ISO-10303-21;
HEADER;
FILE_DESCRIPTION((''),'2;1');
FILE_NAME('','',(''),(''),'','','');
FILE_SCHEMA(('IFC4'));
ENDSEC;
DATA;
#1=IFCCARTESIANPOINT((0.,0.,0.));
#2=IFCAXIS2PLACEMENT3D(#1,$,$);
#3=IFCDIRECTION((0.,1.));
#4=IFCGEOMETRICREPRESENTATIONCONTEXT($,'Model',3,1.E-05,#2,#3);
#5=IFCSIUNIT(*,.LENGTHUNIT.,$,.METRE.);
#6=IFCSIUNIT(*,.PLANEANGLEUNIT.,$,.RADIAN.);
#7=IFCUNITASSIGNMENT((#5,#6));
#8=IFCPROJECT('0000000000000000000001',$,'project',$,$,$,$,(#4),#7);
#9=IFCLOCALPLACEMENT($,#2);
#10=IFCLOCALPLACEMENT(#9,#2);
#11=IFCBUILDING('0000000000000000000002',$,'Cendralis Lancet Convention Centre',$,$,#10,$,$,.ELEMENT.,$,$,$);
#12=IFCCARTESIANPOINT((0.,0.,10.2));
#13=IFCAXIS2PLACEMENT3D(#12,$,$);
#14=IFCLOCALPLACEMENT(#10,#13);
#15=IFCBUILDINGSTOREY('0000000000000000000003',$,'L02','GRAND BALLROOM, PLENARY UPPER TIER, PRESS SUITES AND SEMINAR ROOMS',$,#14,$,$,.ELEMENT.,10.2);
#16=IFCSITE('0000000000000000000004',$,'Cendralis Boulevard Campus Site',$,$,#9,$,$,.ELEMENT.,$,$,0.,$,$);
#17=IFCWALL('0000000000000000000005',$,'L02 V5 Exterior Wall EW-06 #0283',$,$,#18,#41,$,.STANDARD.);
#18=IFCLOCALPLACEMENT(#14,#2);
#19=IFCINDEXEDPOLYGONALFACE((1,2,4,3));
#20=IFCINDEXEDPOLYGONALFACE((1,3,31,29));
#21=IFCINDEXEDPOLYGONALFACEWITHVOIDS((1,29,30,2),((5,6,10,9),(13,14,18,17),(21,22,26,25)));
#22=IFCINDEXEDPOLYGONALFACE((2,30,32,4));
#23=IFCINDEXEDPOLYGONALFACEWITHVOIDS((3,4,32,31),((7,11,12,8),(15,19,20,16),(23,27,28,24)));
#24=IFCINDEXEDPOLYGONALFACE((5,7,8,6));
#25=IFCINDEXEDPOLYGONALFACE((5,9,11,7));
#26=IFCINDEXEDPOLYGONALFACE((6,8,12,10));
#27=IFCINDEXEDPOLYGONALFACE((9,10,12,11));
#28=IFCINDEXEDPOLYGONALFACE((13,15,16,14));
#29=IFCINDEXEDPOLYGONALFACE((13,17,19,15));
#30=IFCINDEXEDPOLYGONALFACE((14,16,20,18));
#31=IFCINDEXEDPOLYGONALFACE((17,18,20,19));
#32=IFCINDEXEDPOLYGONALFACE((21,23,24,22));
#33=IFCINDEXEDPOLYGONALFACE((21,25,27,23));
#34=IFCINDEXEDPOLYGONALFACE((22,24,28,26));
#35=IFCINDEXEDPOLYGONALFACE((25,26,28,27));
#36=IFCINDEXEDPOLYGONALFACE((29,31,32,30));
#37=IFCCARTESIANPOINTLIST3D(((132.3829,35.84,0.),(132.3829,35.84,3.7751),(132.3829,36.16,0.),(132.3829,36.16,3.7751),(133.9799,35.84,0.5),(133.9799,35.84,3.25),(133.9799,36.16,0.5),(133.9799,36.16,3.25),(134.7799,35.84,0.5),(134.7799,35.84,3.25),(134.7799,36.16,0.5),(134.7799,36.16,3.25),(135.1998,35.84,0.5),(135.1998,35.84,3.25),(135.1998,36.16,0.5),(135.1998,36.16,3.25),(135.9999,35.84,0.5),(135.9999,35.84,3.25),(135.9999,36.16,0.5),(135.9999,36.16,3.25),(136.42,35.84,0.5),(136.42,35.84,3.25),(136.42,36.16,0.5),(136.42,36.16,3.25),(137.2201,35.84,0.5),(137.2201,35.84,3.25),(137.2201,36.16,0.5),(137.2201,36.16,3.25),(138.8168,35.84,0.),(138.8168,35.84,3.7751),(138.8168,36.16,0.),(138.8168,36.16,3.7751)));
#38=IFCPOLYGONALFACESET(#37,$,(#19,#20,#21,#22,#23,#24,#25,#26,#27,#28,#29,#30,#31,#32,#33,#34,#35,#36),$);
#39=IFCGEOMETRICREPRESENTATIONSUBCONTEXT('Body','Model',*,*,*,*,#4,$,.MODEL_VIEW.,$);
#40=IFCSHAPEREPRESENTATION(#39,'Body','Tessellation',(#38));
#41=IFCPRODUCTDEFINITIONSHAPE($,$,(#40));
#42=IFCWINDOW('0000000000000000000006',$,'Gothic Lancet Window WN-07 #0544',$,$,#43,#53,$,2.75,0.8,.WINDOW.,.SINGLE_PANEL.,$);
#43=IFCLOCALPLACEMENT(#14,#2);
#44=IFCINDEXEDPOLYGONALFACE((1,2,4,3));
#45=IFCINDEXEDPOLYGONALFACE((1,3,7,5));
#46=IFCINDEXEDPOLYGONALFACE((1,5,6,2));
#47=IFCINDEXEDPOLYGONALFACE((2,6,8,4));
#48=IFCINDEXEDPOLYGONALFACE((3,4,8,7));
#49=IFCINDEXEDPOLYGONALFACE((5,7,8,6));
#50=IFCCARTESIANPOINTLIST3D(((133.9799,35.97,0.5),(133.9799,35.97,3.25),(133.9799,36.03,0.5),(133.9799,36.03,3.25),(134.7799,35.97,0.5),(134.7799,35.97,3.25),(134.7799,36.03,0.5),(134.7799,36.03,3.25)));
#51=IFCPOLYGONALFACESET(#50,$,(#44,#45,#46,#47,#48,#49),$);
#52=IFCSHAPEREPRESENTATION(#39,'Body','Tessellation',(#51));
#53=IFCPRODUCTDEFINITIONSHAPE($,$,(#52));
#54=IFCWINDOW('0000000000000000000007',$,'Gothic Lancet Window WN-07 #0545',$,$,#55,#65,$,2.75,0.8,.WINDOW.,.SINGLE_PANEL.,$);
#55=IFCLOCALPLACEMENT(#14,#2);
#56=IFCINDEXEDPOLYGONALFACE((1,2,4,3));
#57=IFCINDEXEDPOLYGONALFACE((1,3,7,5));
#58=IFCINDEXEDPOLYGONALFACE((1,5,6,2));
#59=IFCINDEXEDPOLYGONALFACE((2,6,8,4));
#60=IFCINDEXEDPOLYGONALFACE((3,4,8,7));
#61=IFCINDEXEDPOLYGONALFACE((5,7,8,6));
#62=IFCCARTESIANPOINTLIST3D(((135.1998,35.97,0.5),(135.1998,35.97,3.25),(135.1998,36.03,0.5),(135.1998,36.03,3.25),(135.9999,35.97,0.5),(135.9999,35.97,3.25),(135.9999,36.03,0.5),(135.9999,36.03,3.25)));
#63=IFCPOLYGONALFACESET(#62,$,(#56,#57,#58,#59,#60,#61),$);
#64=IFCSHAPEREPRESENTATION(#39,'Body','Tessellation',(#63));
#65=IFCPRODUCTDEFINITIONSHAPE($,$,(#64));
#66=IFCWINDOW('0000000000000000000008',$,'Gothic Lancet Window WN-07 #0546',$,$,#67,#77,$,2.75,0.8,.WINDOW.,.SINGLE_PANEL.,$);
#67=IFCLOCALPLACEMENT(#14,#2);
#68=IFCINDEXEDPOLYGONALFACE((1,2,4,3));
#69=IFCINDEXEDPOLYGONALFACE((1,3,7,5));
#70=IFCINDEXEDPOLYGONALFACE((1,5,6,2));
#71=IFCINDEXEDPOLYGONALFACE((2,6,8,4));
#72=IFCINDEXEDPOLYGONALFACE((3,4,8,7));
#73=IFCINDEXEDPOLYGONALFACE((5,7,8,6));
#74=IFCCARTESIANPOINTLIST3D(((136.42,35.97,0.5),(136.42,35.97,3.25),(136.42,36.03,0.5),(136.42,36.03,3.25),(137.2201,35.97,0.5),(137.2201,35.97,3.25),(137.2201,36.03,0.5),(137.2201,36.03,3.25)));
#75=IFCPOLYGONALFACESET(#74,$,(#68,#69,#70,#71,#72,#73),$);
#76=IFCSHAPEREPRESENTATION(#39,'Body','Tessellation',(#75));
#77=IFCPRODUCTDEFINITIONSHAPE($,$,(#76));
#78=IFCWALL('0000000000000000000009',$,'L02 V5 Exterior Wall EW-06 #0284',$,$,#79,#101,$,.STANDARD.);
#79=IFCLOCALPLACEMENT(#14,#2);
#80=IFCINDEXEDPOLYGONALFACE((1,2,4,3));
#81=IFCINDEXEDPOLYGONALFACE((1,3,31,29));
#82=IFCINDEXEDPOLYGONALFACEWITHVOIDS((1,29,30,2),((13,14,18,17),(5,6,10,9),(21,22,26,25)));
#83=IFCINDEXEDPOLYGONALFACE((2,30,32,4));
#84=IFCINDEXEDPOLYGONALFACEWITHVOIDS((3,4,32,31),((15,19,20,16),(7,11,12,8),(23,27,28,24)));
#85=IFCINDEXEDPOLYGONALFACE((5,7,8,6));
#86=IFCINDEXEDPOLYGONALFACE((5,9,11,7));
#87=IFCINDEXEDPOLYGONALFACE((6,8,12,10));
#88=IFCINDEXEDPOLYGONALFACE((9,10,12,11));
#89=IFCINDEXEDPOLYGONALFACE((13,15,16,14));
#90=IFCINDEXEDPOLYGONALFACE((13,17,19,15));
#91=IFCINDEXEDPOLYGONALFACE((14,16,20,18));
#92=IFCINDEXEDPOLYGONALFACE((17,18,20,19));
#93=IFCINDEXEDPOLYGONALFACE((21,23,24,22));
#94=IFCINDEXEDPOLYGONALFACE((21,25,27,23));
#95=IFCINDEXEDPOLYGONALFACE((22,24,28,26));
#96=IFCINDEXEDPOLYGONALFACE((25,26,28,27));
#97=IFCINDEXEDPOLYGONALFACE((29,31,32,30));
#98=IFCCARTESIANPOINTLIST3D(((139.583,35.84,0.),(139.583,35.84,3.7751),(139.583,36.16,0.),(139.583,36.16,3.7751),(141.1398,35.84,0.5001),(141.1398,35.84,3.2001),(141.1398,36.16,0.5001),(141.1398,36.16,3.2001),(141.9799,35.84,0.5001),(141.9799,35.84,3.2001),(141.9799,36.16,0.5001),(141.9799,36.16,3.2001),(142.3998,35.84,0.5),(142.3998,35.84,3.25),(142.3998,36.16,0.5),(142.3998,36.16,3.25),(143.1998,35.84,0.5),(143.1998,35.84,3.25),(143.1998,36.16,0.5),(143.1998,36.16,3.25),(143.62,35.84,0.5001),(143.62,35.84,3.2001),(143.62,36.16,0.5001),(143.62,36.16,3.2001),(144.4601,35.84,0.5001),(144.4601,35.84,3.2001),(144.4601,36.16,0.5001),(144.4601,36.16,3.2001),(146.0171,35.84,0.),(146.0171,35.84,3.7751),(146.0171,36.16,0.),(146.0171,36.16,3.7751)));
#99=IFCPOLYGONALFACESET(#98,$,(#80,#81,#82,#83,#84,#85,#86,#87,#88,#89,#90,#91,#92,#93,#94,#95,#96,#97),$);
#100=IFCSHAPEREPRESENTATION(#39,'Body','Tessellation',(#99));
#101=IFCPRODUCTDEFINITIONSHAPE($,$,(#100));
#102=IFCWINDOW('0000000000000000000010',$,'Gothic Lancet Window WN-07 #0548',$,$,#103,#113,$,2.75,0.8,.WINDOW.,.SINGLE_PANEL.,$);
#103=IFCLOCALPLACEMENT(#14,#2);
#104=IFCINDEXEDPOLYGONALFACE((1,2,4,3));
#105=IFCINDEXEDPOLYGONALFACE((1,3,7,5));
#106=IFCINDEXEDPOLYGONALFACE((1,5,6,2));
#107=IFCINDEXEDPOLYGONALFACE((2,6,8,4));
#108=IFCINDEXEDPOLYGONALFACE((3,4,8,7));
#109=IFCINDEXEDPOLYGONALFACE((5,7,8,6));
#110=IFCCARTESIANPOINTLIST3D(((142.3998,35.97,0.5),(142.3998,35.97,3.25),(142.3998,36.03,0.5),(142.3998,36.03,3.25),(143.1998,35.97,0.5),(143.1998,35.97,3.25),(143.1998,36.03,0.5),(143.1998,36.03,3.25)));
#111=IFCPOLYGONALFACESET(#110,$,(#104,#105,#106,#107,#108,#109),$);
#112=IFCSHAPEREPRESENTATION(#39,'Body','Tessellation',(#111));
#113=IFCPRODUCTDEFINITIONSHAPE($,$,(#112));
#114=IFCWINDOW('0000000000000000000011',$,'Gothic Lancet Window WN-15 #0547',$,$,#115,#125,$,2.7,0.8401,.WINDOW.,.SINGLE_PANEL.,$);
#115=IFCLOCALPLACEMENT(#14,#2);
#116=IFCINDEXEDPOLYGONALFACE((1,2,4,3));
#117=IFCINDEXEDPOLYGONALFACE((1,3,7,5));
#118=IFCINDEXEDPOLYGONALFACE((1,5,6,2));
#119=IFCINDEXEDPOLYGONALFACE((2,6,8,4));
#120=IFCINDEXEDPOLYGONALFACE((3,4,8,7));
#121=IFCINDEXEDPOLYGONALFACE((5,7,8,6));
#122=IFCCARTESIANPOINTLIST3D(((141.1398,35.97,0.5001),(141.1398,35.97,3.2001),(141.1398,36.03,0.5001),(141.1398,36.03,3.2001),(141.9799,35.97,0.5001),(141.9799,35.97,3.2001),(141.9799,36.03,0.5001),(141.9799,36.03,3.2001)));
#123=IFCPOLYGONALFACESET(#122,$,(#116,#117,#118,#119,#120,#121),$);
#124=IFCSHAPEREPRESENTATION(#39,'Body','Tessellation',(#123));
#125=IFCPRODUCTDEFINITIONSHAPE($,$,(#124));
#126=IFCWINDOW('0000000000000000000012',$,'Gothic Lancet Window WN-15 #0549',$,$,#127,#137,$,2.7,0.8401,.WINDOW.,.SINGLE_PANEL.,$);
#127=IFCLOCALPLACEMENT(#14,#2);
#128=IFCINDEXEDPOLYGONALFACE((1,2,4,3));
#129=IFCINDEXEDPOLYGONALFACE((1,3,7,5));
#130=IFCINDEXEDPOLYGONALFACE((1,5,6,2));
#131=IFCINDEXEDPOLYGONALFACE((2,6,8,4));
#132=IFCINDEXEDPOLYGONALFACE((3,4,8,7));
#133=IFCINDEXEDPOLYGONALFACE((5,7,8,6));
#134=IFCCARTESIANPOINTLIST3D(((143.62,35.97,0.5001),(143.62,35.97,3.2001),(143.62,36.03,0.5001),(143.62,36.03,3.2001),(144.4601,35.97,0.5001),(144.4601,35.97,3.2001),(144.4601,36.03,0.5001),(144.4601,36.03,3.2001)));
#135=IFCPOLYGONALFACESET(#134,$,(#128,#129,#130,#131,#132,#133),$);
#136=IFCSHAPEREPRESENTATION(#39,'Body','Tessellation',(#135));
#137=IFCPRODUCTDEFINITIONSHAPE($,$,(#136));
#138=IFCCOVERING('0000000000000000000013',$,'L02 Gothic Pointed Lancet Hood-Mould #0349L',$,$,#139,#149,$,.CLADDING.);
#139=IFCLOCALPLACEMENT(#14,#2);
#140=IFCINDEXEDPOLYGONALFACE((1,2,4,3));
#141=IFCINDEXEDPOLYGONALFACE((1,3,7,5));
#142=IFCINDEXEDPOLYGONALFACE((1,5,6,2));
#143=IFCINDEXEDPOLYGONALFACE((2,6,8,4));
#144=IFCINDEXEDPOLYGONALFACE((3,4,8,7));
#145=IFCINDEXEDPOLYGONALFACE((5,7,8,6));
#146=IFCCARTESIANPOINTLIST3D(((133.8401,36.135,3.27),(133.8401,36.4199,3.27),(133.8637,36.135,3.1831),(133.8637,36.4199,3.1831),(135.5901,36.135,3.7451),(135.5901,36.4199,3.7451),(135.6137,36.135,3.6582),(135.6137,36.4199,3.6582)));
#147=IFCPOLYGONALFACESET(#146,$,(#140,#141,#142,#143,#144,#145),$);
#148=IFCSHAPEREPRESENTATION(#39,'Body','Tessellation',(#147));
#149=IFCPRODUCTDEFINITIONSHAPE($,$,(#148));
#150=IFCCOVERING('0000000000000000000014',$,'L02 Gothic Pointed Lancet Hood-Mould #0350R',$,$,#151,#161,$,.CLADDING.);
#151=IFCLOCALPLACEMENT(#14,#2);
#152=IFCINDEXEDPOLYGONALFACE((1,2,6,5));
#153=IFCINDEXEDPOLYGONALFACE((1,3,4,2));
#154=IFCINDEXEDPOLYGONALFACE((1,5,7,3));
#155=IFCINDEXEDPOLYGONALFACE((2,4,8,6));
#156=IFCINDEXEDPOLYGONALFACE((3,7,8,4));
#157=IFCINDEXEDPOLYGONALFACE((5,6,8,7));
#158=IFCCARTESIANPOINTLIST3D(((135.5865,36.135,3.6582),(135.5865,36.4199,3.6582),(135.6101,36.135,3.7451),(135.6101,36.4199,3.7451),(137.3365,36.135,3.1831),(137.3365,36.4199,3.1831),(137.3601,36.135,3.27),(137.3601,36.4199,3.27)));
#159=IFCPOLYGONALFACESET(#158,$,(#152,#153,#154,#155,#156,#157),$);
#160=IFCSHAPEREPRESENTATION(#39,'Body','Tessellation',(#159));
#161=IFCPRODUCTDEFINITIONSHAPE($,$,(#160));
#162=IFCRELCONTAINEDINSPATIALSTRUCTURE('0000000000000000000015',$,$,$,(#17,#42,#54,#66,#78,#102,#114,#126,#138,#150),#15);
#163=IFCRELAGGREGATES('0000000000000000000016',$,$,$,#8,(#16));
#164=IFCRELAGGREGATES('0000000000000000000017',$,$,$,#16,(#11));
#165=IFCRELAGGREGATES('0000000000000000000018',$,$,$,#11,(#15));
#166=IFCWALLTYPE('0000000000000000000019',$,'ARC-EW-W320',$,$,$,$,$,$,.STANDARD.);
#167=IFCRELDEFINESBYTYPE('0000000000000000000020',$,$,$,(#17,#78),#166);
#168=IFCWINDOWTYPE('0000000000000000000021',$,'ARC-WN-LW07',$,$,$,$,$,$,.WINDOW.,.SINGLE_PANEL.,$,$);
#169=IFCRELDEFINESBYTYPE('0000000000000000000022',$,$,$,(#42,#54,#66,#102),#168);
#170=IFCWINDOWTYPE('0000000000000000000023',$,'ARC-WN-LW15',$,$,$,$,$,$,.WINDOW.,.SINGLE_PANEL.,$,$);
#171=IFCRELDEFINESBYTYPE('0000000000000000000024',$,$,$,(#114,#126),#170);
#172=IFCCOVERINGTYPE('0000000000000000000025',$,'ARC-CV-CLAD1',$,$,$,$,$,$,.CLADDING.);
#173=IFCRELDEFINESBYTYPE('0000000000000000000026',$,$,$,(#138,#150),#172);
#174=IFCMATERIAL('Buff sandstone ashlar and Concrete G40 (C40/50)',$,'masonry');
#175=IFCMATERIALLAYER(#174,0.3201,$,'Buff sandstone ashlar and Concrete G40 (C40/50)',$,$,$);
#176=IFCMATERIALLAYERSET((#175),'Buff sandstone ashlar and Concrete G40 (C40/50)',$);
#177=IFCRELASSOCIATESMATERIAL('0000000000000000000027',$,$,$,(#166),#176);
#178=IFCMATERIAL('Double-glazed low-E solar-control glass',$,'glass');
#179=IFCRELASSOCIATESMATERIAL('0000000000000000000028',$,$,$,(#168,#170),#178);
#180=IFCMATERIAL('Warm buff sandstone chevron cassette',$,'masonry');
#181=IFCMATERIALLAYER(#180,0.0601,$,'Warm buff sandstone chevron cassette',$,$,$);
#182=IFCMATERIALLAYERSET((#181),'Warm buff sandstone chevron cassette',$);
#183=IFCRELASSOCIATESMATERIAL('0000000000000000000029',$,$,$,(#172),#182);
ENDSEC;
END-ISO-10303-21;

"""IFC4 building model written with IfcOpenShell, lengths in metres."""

from ifc_helpers import new_model, si_unit, direction, frame, frame_2d, origin, place, context, subcontext, project, spatial, polyline, rectangle, outline, extrude, material, layer, layer_set, type_object, element, fill, save


model = new_model("IFC4")

# Units and contexts
model_context = context("Model", 3, precision=1e-05, world=origin(), true_north=direction((0.0, 1.0)))
body_context = subcontext(model_context, "Body", "Model", "MODEL_VIEW")
ifc_project = project(units=[si_unit("LENGTHUNIT", "METRE"), si_unit("PLANEANGLEUNIT", "RADIAN")], contexts=[model_context])

# Site, building, storey
site_placement = place(None, origin())
site = spatial("IfcSite", under=ifc_project, at=site_placement, Name="Cendralis Boulevard Campus Site", CompositionType="ELEMENT", RefElevation=0.0)
building_placement = place(site_placement, origin())
building = spatial("IfcBuilding", under=site, at=building_placement, Name="Cendralis Lancet Convention Centre", CompositionType="ELEMENT")
storey_placement = place(building_placement, frame((0.0, 0.0, 10.2)))
storey = spatial("IfcBuildingStorey", under=building, at=storey_placement, Name="L02", Description="GRAND BALLROOM, PLENARY UPPER TIER, PRESS SUITES AND SEMINAR ROOMS", CompositionType="ELEMENT", Elevation=10.2)

# Shared definitions
ifc_material_1 = material(Name="Double-glazed low-E solar-control glass", Category="glass")

# Walls, openings, windows
ifc_material_2 = material(Name="Buff sandstone ashlar and Concrete G40 (C40/50)", Category="masonry")
ifc_layer_1 = layer(ifc_material_2, 0.3201, Name="Buff sandstone ashlar and Concrete G40 (C40/50)")
ifc_layer_set_1 = layer_set([ifc_layer_1], Name="Buff sandstone ashlar and Concrete G40 (C40/50)")
wall_type = type_object("IfcWallType", Name="ARC-EW-W320", PredefinedType="STANDARD", material=ifc_layer_set_1)
wall_1_placement = place(storey_placement, frame((132.3831, 36.0, 0.0), z_axis=(0.0, 0.0, 1.0), x_axis=(1.0, 0.0, 0.0)))
wall_1 = element("IfcWall", 1, at=wall_1_placement, inside=storey, type_object=wall_type, Name="L02 V5 Exterior Wall EW-06 #0283", PredefinedType="STANDARD", context=body_context, shape_type="SweptSolid", body=[
    extrude(rectangle(XDim=6.4338, YDim=0.3201, at=frame_2d((3.2168, 0.0))), origin(), (0.0, 0.0, 1.0), 3.7751),
])
opening_1_placement = place(wall_1_placement, frame((1.5969, 0.0, 0.5)))
opening_1 = element("IfcOpeningElement", 2, at=opening_1_placement, cuts=wall_1, PredefinedType="OPENING", context=body_context, shape_type="SweptSolid", body=[
    extrude(rectangle(XDim=0.8, YDim=2.75, at=frame_2d((0.3999, 1.375))), frame((0.0, 0.1699, 0.0), z_axis=(0.0, -1.0, 0.0), x_axis=(1.0, 0.0, 0.0)), (0.0, 0.0, 1.0), 0.3401),
])
opening_2_placement = place(wall_1_placement, frame((2.8169, 0.0, 0.5)))
opening_2 = element("IfcOpeningElement", 3, at=opening_2_placement, cuts=wall_1, PredefinedType="OPENING", context=body_context, shape_type="SweptSolid", body=[
    extrude(rectangle(XDim=0.8, YDim=2.75, at=frame_2d((0.3999, 1.375))), frame((0.0, 0.1699, 0.0), z_axis=(0.0, -1.0, 0.0), x_axis=(1.0, 0.0, 0.0)), (0.0, 0.0, 1.0), 0.3401),
])
opening_3_placement = place(wall_1_placement, frame((4.0371, 0.0, 0.5)))
opening_3 = element("IfcOpeningElement", 4, at=opening_3_placement, cuts=wall_1, PredefinedType="OPENING", context=body_context, shape_type="SweptSolid", body=[
    extrude(rectangle(XDim=0.8, YDim=2.75, at=frame_2d((0.3999, 1.375))), frame((0.0, 0.1699, 0.0), z_axis=(0.0, -1.0, 0.0), x_axis=(1.0, 0.0, 0.0)), (0.0, 0.0, 1.0), 0.3401),
])
window_type_1 = type_object("IfcWindowType", Name="ARC-WN-LW07", PartitioningType="SINGLE_PANEL", PredefinedType="WINDOW", material=ifc_material_1)
window_1_placement = place(opening_1_placement, origin())
window_1 = element("IfcWindow", 5, at=window_1_placement, inside=storey, type_object=window_type_1, Name="Gothic Lancet Window WN-07 #0544", OverallHeight=2.75, OverallWidth=0.8, PartitioningType="SINGLE_PANEL", PredefinedType="WINDOW", context=body_context, shape_type="SweptSolid", body=[
    extrude(rectangle(XDim=0.8, YDim=2.75, at=frame_2d((0.3999, 1.375))), frame((0.0, 0.03, 0.0), z_axis=(0.0, -1.0, 0.0), x_axis=(1.0, 0.0, 0.0)), (0.0, 0.0, 1.0), 0.0601),
])
fill(opening_1, window_1)
window_2_placement = place(opening_2_placement, origin())
window_2 = element("IfcWindow", 6, at=window_2_placement, inside=storey, type_object=window_type_1, Name="Gothic Lancet Window WN-07 #0545", OverallHeight=2.75, OverallWidth=0.8, PartitioningType="SINGLE_PANEL", PredefinedType="WINDOW", context=body_context, shape_type="SweptSolid", body=[
    extrude(rectangle(XDim=0.8, YDim=2.75, at=frame_2d((0.3999, 1.375))), frame((0.0, 0.03, 0.0), z_axis=(0.0, -1.0, 0.0), x_axis=(1.0, 0.0, 0.0)), (0.0, 0.0, 1.0), 0.0601),
])
fill(opening_2, window_2)
window_3_placement = place(opening_3_placement, origin())
window_3 = element("IfcWindow", 7, at=window_3_placement, inside=storey, type_object=window_type_1, Name="Gothic Lancet Window WN-07 #0546", OverallHeight=2.75, OverallWidth=0.8, PartitioningType="SINGLE_PANEL", PredefinedType="WINDOW", context=body_context, shape_type="SweptSolid", body=[
    extrude(rectangle(XDim=0.8, YDim=2.75, at=frame_2d((0.3999, 1.375))), frame((0.0, 0.03, 0.0), z_axis=(0.0, -1.0, 0.0), x_axis=(1.0, 0.0, 0.0)), (0.0, 0.0, 1.0), 0.0601),
])
fill(opening_3, window_3)
wall_2_placement = place(storey_placement, frame((139.583, 36.0, 0.0), z_axis=(0.0, 0.0, 1.0), x_axis=(1.0, 0.0, 0.0)))
wall_2 = element("IfcWall", 8, at=wall_2_placement, inside=storey, type_object=wall_type, Name="L02 V5 Exterior Wall EW-06 #0284", PredefinedType="STANDARD", context=body_context, shape_type="SweptSolid", body=[
    extrude(rectangle(XDim=6.4341, YDim=0.3201, at=frame_2d((3.217, 0.0))), origin(), (0.0, 0.0, 1.0), 3.7751),
])
opening_4_placement = place(wall_2_placement, frame((1.5569, 0.0, 0.5)))
opening_4 = element("IfcOpeningElement", 9, at=opening_4_placement, cuts=wall_2, PredefinedType="OPENING", context=body_context, shape_type="SweptSolid", body=[
    extrude(rectangle(XDim=0.8401, YDim=2.7, at=frame_2d((0.4199, 1.3501))), frame((0.0, 0.1699, 0.0), z_axis=(0.0, -1.0, 0.0), x_axis=(1.0, 0.0, 0.0)), (0.0, 0.0, 1.0), 0.3401),
])
opening_5_placement = place(wall_2_placement, frame((2.8169, 0.0, 0.5)))
opening_5 = element("IfcOpeningElement", 10, at=opening_5_placement, cuts=wall_2, PredefinedType="OPENING", context=body_context, shape_type="SweptSolid", body=[
    extrude(rectangle(XDim=0.8, YDim=2.75, at=frame_2d((0.3999, 1.375))), frame((0.0, 0.1699, 0.0), z_axis=(0.0, -1.0, 0.0), x_axis=(1.0, 0.0, 0.0)), (0.0, 0.0, 1.0), 0.3401),
])
opening_6_placement = place(wall_2_placement, frame((4.0371, 0.0, 0.5)))
opening_6 = element("IfcOpeningElement", 11, at=opening_6_placement, cuts=wall_2, PredefinedType="OPENING", context=body_context, shape_type="SweptSolid", body=[
    extrude(rectangle(XDim=0.8401, YDim=2.7, at=frame_2d((0.4199, 1.3501))), frame((0.0, 0.1699, 0.0), z_axis=(0.0, -1.0, 0.0), x_axis=(1.0, 0.0, 0.0)), (0.0, 0.0, 1.0), 0.3401),
])
window_4_placement = place(opening_5_placement, origin())
window_4 = element("IfcWindow", 12, at=window_4_placement, inside=storey, type_object=window_type_1, Name="Gothic Lancet Window WN-07 #0548", OverallHeight=2.75, OverallWidth=0.8, PartitioningType="SINGLE_PANEL", PredefinedType="WINDOW", context=body_context, shape_type="SweptSolid", body=[
    extrude(rectangle(XDim=0.8, YDim=2.75, at=frame_2d((0.3999, 1.375))), frame((0.0, 0.03, 0.0), z_axis=(0.0, -1.0, 0.0), x_axis=(1.0, 0.0, 0.0)), (0.0, 0.0, 1.0), 0.0601),
])
fill(opening_5, window_4)
window_type_2 = type_object("IfcWindowType", Name="ARC-WN-LW15", PartitioningType="SINGLE_PANEL", PredefinedType="WINDOW", material=ifc_material_1)
window_5_placement = place(opening_4_placement, origin())
window_5 = element("IfcWindow", 13, at=window_5_placement, inside=storey, type_object=window_type_2, Name="Gothic Lancet Window WN-15 #0547", OverallHeight=2.7, OverallWidth=0.8401, PartitioningType="SINGLE_PANEL", PredefinedType="WINDOW", context=body_context, shape_type="SweptSolid", body=[
    extrude(rectangle(XDim=0.8401, YDim=2.7, at=frame_2d((0.4199, 1.3501))), frame((0.0, 0.03, 0.0), z_axis=(0.0, -1.0, 0.0), x_axis=(1.0, 0.0, 0.0)), (0.0, 0.0, 1.0), 0.0601),
])
fill(opening_4, window_5)
window_6_placement = place(opening_6_placement, origin())
window_6 = element("IfcWindow", 14, at=window_6_placement, inside=storey, type_object=window_type_2, Name="Gothic Lancet Window WN-15 #0549", OverallHeight=2.7, OverallWidth=0.8401, PartitioningType="SINGLE_PANEL", PredefinedType="WINDOW", context=body_context, shape_type="SweptSolid", body=[
    extrude(rectangle(XDim=0.8401, YDim=2.7, at=frame_2d((0.4199, 1.3501))), frame((0.0, 0.03, 0.0), z_axis=(0.0, -1.0, 0.0), x_axis=(1.0, 0.0, 0.0)), (0.0, 0.0, 1.0), 0.0601),
])
fill(opening_6, window_6)

# Coverings
ifc_material_3 = material(Name="Warm buff sandstone chevron cassette", Category="masonry")
ifc_layer_2 = layer(ifc_material_3, 0.0601, Name="Warm buff sandstone chevron cassette")
ifc_layer_set_2 = layer_set([ifc_layer_2], Name="Warm buff sandstone chevron cassette")
covering_type = type_object("IfcCoveringType", Name="ARC-CV-CLAD1", PredefinedType="CLADDING", material=ifc_layer_set_2)
for number, where, z_axis, x_axis, name in (
    (15, (133.8401, 36.4199, 3.27), (-0.262001, 0.0, 0.965068), (0.0, -1.0, 0.0), "L02 Gothic Pointed Lancet Hood-Mould #0349L"),
    (16, (135.6101, 36.4199, 3.7451), (0.262001, 0.0, 0.965068), (0.0, -1.0, 0.0), "L02 Gothic Pointed Lancet Hood-Mould #0350R"),
):
    element("IfcCovering", number, at=place(storey_placement, frame(where, z_axis=z_axis, x_axis=x_axis)), inside=storey, type_object=covering_type, Name=name, PredefinedType="CLADDING", context=body_context, shape_type="SweptSolid", body=[
        extrude(outline(polyline([(0.0, 0.0), (0.2849, 0.0), (0.2849, 1.8133), (0.0, 1.8133), (0.0, 0.0)])), origin(), (0.0, 0.0, -1.0), 0.0901),
    ])

save(model, "model.ifc")
